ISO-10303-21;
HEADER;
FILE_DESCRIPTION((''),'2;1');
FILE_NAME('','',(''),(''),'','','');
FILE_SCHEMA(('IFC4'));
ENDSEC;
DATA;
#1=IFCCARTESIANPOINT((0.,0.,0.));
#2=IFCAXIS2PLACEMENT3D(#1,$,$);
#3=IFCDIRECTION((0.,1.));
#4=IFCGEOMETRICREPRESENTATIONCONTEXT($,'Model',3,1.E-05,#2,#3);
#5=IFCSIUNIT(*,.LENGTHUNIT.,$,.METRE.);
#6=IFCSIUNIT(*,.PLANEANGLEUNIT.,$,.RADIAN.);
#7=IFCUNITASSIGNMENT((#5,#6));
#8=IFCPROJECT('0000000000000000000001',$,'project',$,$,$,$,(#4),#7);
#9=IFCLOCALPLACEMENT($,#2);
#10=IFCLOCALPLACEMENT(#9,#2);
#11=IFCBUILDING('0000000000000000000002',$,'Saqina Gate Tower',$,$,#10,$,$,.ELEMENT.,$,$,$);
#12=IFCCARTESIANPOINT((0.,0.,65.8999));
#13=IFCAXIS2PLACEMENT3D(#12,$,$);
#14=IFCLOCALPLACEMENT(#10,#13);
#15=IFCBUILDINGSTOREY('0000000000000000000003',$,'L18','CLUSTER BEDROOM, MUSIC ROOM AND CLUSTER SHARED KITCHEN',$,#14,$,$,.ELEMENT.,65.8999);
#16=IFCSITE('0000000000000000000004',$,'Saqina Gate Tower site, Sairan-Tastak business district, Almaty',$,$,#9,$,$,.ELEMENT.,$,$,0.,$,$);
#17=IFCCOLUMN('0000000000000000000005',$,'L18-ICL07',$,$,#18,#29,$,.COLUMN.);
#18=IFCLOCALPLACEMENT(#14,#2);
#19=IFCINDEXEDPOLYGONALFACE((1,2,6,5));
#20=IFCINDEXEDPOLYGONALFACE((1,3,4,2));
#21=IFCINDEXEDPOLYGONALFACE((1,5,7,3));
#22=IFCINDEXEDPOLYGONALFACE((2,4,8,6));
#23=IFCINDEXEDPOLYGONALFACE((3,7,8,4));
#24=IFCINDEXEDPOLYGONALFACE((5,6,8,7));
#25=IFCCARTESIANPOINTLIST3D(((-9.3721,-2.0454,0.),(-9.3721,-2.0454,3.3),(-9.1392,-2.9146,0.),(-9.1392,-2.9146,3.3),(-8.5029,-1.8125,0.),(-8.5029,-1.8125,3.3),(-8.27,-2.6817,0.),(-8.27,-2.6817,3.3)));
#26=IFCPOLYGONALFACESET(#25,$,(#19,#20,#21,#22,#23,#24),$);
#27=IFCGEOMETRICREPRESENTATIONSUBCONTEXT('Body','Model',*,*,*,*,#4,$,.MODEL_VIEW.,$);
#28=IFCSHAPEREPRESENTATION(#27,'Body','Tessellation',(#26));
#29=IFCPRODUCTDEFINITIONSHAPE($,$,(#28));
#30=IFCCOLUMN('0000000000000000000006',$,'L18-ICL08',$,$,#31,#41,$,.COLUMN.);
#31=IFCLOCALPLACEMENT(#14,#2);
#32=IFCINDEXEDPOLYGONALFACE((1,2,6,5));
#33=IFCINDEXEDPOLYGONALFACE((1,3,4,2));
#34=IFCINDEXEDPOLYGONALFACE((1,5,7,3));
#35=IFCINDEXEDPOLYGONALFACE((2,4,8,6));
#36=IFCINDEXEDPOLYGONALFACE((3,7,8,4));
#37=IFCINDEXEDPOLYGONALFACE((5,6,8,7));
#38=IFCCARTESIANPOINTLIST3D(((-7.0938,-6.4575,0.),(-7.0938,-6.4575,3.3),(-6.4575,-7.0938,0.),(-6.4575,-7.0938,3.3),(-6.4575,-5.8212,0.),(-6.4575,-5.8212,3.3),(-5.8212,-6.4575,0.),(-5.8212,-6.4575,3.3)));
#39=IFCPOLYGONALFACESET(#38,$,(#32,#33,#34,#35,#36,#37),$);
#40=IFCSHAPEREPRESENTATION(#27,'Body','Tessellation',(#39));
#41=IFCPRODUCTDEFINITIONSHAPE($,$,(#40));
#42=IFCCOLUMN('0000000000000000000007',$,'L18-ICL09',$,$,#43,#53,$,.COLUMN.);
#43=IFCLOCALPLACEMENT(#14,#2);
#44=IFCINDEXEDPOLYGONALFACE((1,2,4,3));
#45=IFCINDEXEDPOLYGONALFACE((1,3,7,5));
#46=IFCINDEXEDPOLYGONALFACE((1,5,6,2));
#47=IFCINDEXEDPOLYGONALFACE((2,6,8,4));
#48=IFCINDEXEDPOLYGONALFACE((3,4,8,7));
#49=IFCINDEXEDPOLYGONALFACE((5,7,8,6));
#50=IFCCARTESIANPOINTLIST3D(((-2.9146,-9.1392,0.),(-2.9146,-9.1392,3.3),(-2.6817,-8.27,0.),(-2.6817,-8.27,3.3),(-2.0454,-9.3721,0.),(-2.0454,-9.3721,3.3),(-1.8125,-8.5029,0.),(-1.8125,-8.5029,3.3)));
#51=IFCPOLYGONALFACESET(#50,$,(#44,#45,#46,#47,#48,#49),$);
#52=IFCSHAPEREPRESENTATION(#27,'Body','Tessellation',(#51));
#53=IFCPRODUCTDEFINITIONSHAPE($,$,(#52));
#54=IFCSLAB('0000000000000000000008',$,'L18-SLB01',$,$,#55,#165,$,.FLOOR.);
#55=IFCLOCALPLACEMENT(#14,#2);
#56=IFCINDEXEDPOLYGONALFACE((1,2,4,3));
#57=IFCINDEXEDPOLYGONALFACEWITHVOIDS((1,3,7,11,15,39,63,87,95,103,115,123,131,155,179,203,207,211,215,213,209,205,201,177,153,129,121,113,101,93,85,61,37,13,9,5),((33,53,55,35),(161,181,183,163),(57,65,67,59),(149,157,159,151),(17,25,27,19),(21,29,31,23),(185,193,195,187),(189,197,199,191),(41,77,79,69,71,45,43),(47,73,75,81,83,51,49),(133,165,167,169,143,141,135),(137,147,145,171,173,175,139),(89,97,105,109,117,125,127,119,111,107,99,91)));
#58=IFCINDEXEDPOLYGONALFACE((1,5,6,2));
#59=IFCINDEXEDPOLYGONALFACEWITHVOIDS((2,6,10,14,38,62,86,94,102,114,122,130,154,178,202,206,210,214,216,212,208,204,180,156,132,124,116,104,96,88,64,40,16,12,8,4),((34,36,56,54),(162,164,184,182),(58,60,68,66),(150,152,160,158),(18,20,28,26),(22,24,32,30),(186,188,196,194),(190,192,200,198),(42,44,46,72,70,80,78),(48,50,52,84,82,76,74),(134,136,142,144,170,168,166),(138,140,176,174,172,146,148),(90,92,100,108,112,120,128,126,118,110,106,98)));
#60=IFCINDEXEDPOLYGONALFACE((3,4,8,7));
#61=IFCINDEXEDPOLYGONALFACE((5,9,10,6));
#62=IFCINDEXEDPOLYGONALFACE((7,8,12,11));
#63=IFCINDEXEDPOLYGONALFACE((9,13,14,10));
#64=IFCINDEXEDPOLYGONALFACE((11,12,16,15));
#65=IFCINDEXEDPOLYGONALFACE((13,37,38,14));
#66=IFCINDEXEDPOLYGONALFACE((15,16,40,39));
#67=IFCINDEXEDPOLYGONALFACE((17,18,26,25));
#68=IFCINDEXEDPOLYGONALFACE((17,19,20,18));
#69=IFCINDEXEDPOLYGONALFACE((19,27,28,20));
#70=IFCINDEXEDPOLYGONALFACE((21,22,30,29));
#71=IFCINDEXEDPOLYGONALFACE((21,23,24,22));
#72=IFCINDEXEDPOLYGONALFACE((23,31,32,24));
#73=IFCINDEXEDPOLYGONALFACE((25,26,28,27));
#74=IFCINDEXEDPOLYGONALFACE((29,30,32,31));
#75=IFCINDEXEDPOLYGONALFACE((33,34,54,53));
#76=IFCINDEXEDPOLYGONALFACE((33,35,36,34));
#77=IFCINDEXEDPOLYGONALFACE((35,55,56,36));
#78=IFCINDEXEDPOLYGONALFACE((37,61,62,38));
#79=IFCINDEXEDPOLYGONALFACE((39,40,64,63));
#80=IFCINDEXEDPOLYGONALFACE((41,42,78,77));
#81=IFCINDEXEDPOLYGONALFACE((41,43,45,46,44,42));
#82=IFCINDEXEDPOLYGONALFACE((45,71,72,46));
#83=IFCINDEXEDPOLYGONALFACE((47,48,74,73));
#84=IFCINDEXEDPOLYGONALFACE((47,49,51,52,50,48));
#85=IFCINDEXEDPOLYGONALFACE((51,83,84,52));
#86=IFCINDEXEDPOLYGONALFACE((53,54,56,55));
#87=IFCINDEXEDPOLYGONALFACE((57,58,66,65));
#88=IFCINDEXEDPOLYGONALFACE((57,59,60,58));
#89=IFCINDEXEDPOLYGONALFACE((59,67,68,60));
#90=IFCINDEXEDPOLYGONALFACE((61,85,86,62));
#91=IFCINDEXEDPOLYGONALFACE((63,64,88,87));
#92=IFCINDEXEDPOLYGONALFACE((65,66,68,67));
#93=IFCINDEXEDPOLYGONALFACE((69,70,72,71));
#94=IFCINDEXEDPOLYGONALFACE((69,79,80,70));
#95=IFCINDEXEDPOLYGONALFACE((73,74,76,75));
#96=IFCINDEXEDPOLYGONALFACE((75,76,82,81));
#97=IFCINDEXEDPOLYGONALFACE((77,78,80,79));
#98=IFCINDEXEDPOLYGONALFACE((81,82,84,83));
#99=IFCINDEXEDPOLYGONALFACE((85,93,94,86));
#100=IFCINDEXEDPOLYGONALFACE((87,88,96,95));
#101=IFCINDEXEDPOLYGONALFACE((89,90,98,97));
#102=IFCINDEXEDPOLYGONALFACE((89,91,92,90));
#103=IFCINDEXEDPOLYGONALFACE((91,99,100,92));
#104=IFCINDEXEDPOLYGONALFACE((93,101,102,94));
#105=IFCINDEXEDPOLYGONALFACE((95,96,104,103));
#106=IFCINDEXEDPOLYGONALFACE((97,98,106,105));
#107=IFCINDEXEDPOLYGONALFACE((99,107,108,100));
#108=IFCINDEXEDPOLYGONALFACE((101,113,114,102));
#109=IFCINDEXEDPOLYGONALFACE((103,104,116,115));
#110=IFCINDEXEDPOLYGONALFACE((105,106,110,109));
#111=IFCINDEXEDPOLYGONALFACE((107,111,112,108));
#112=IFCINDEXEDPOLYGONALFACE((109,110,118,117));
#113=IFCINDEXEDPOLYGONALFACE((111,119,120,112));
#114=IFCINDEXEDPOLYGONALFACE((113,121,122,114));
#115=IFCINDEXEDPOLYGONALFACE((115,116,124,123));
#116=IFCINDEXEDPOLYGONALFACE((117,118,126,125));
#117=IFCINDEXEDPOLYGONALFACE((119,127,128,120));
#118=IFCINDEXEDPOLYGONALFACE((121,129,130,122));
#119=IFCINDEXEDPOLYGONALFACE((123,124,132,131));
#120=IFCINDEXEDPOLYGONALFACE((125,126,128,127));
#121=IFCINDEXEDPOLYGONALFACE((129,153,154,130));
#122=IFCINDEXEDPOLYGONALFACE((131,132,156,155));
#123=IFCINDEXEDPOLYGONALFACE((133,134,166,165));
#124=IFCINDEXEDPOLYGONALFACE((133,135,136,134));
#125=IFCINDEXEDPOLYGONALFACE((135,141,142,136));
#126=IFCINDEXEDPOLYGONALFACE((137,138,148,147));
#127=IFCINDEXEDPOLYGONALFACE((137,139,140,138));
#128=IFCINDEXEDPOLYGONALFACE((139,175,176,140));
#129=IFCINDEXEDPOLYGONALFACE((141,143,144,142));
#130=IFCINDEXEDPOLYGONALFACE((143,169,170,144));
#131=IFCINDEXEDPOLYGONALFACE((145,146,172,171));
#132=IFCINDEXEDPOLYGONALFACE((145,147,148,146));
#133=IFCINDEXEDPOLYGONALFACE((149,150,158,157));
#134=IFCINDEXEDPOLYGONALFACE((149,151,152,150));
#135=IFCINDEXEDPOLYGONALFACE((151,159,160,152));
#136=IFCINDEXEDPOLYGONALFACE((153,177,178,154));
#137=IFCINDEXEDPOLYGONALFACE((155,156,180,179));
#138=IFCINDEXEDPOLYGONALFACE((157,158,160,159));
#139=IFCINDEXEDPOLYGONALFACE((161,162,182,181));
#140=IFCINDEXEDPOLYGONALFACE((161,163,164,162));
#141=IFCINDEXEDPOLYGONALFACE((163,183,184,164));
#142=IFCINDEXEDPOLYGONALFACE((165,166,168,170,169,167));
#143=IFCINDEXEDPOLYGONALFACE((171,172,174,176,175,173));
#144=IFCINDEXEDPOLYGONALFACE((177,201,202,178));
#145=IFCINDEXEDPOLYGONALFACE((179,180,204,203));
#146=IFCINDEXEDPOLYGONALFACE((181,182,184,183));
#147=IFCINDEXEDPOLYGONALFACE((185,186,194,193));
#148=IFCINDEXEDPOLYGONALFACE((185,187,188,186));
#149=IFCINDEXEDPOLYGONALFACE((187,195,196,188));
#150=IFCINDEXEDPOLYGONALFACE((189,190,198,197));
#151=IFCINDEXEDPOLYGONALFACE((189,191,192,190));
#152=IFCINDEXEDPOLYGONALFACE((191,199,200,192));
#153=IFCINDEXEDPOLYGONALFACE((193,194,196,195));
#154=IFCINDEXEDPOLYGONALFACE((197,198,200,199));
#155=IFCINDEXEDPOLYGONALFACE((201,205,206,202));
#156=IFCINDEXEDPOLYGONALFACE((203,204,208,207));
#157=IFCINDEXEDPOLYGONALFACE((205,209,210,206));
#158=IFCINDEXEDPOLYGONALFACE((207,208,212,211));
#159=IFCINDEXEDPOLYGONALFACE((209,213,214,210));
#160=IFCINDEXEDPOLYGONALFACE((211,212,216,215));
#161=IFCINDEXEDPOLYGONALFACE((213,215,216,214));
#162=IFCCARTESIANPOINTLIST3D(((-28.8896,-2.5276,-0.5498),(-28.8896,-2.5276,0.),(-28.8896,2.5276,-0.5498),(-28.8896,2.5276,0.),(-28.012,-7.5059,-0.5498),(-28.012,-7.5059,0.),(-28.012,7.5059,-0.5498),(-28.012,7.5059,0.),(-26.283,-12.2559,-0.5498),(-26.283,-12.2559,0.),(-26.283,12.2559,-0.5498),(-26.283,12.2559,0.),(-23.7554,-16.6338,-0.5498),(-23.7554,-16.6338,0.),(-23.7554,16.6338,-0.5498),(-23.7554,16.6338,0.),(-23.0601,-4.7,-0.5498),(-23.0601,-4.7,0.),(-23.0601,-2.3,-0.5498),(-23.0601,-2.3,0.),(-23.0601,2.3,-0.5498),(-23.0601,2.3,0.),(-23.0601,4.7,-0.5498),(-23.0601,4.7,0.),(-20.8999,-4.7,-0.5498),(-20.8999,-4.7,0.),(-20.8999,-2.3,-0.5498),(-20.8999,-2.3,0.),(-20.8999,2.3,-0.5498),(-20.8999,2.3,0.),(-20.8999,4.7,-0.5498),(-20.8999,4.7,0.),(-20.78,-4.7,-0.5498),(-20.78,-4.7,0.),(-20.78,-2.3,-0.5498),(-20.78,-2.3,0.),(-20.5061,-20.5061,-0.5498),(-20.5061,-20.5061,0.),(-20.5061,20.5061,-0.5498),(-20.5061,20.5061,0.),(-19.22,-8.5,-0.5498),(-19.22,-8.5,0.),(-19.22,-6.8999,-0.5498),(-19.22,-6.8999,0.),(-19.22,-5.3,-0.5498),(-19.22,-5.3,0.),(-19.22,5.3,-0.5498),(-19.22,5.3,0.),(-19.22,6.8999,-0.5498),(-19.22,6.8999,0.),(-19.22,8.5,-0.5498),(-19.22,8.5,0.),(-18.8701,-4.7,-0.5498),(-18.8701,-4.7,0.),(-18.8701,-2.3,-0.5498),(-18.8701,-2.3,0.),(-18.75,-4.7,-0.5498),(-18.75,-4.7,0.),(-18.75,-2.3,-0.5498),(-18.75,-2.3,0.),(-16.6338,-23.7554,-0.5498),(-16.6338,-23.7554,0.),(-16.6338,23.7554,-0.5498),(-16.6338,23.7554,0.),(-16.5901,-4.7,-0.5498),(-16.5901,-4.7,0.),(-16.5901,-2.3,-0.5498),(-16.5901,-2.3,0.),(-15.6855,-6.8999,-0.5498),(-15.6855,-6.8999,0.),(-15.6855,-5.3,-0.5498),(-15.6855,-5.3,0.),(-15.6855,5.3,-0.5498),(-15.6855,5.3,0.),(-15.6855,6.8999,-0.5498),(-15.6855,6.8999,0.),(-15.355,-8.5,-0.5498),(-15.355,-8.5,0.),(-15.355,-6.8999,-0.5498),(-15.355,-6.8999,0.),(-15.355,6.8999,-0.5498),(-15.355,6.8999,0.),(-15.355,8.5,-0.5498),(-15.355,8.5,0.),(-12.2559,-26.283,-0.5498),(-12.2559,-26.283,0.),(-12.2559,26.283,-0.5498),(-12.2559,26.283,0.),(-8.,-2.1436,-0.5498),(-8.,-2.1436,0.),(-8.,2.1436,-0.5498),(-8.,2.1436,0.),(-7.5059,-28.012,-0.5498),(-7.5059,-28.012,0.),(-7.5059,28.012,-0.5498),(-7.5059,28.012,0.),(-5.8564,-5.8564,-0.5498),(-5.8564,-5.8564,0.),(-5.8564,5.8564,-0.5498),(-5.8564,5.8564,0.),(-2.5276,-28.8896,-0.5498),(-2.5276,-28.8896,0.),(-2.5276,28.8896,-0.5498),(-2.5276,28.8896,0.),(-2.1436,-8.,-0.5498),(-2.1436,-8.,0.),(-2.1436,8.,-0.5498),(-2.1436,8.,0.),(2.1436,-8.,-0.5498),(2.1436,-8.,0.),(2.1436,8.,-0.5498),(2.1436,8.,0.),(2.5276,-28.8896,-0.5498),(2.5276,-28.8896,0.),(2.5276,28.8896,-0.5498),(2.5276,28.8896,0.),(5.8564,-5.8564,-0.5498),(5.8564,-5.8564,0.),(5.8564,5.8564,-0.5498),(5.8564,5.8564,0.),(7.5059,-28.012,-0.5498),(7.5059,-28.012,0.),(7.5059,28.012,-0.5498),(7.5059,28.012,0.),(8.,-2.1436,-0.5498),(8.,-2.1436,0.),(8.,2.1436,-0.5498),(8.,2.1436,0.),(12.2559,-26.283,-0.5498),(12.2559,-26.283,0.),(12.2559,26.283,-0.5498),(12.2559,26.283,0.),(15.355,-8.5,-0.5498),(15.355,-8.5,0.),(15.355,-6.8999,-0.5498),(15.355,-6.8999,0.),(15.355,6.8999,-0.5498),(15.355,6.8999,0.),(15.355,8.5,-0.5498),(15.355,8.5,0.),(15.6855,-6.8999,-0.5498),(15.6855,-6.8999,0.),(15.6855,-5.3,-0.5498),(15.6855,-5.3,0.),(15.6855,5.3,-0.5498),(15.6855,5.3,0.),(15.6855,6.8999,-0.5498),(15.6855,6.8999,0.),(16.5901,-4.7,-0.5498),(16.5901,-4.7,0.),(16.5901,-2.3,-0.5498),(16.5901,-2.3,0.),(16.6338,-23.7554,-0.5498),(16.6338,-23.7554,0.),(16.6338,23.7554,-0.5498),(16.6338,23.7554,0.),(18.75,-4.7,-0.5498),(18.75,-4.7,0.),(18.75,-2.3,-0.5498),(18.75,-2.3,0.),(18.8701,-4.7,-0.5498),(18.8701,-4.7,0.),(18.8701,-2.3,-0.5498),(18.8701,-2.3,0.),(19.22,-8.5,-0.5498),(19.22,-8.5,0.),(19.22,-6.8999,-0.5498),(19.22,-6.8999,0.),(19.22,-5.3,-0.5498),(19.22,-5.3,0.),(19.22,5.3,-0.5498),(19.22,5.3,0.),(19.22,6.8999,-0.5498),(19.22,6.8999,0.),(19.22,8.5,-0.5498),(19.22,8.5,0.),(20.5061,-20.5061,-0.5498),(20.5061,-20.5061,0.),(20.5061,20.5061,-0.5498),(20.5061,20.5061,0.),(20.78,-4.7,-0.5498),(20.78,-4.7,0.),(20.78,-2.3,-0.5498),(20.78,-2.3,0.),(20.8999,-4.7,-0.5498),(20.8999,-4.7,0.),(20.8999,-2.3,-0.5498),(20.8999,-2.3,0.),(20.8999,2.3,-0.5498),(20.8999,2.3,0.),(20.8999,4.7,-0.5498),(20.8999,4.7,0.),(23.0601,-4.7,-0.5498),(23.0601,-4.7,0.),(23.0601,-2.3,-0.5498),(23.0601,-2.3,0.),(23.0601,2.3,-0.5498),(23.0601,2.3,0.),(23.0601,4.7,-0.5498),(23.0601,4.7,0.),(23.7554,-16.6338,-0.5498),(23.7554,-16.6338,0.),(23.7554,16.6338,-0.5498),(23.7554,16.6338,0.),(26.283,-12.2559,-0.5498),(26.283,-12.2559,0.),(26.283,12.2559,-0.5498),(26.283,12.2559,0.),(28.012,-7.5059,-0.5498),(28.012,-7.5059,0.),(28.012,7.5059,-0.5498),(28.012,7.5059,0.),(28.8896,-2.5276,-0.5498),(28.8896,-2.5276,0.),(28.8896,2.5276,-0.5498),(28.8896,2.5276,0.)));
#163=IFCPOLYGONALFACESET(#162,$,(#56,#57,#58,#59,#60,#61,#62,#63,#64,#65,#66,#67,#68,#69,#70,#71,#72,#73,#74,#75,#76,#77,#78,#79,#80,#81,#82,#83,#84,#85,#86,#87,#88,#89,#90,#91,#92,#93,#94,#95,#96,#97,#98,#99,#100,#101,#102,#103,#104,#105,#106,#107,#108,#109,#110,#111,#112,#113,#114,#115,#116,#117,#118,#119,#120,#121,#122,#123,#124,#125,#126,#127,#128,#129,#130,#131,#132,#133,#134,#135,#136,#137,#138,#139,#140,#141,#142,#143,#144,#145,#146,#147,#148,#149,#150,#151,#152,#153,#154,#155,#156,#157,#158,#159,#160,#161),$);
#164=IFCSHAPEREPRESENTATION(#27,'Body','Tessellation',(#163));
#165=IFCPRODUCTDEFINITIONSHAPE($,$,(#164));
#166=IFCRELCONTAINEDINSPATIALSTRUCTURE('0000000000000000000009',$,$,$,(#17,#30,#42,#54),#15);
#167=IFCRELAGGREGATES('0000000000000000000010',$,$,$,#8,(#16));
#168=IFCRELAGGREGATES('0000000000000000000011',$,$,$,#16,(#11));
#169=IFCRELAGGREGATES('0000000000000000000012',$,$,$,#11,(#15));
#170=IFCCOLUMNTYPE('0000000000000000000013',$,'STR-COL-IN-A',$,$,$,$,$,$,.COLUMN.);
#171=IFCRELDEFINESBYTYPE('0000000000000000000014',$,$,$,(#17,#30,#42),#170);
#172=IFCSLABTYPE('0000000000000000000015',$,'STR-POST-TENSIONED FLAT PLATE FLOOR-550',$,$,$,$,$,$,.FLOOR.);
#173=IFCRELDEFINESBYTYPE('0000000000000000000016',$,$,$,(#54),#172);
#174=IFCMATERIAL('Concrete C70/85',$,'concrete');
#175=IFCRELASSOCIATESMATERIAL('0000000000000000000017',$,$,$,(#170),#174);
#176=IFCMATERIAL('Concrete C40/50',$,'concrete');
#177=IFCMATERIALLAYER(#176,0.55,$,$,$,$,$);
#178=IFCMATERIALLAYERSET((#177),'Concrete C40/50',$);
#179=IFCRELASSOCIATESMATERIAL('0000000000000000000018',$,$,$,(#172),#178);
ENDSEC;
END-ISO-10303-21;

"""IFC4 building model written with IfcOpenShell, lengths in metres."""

from ifc_helpers import new_model, si_unit, direction, frame, origin, origin_2d, place, context, subcontext, project, spatial, polyline, rectangle, outline, extrude, material, layer, layer_set, material_profile, profile_set, type_object, element, save


model = new_model("IFC4")

# Units and contexts
model_context = context("Model", 3, precision=1e-05, world=origin(), true_north=direction((0.0, 1.0)))
body_context = subcontext(model_context, "Body", "Model", "MODEL_VIEW")
ifc_project = project(units=[si_unit("LENGTHUNIT", "METRE"), si_unit("PLANEANGLEUNIT", "RADIAN")], contexts=[model_context])

# Site, building, storey
site_placement = place(None, origin())
site = spatial("IfcSite", under=ifc_project, at=site_placement, Name="Saqina Gate Tower site, Sairan-Tastak business district, Almaty", CompositionType="ELEMENT", RefElevation=0.0)
building_placement = place(site_placement, origin())
building = spatial("IfcBuilding", under=site, at=building_placement, Name="Saqina Gate Tower", CompositionType="ELEMENT")
storey_placement = place(building_placement, frame((0.0, 0.0, 65.8999)))
storey = spatial("IfcBuildingStorey", under=building, at=storey_placement, Name="L18", Description="CLUSTER BEDROOM, MUSIC ROOM AND CLUSTER SHARED KITCHEN", CompositionType="ELEMENT", Elevation=65.8999)

# Columns
ifc_material_1 = material(Name="Concrete C70/85", Category="concrete")
ifc_material_profile = material_profile(ifc_material_1, rectangle(XDim=0.8999, YDim=0.8999, at=origin_2d()), Name="RC 900x900")
ifc_profile_set = profile_set([ifc_material_profile], Name="Concrete C70/85")
column_type = type_object("IfcColumnType", Name="STR-COL-IN-A", PredefinedType="COLUMN", material=ifc_profile_set)
for number, where, z_axis, x_axis, name in (
    (1, (-8.821, -2.3635, 0.0), (0.0, 0.0, 1.0), (-0.965926, -0.258819, 0.0), "L18-ICL07"),
    (2, (-6.4575, -6.4575, 0.0), (0.0, 0.0, 1.0), (-0.707107, -0.707107, 0.0), "L18-ICL08"),
    (3, (-2.3635, -8.821, 0.0), (0.0, 0.0, 1.0), (-0.258819, -0.965926, 0.0), "L18-ICL09"),
):
    element("IfcColumn", number, at=place(storey_placement, frame(where, z_axis=z_axis, x_axis=x_axis)), inside=storey, type_object=column_type, Name=name, PredefinedType="COLUMN", context=body_context, shape_type="SweptSolid", body=[
        extrude(rectangle(XDim=0.8999, YDim=0.8999, at=origin_2d()), origin(), (0.0, 0.0, 1.0), 3.3),
    ])

# Slab
ifc_material_2 = material(Name="Concrete C40/50", Category="concrete")
ifc_layer_1 = layer(ifc_material_2, 0.55)
ifc_layer_set_1 = layer_set([ifc_layer_1], Name="Concrete C40/50")
slab_type = type_object("IfcSlabType", Name="STR-POST-TENSIONED FLAT PLATE FLOOR-550", PredefinedType="FLOOR", material=ifc_layer_set_1)
slab_placement = place(storey_placement, frame((0.0, 0.0, -0.5498)))
element("IfcSlab", 4, at=slab_placement, inside=storey, type_object=slab_type, Name="L18-SLB01", PredefinedType="FLOOR", context=body_context, shape_type="SweptSolid", body=[
    extrude(outline(polyline([(28.012, -7.5059), (28.8896, -2.5276), (28.8896, 2.5276), (28.012, 7.5059), (26.283, 12.2559), (23.7554, 16.6338), (20.5061, 20.5061), (16.6338, 23.7554), (12.2559, 26.283), (7.5059, 28.012), (2.5276, 28.8896), (-2.5276, 28.8896), (-7.5059, 28.012), (-12.2559, 26.283), (-16.6338, 23.7554), (-20.5061, 20.5061), (-23.7554, 16.6338), (-26.283, 12.2559), (-28.012, 7.5059), (-28.8896, 2.5276), (-28.8896, -2.5276), (-28.012, -7.5059), (-26.283, -12.2559), (-23.7554, -16.6338), (-20.5061, -20.5061), (-16.6338, -23.7554), (-12.2559, -26.283), (-7.5059, -28.012), (-2.5276, -28.8896), (2.5276, -28.8896), (7.5059, -28.012), (12.2559, -26.283), (16.6338, -23.7554), (20.5061, -20.5061), (23.7554, -16.6338), (26.283, -12.2559), (28.012, -7.5059)]), holes=[polyline([(2.1436, 8.0), (5.8564, 5.8564), (8.0, 2.1436), (8.0, -2.1436), (5.8564, -5.8564), (2.1436, -8.0), (-2.1436, -8.0), (-5.8564, -5.8564), (-8.0, -2.1436), (-8.0, 2.1436), (-5.8564, 5.8564), (-2.1436, 8.0), (2.1436, 8.0)]), polyline([(-19.22, -8.5), (-19.22, -6.8999), (-19.22, -5.3), (-15.6855, -5.3), (-15.6855, -6.8999), (-15.355, -6.8999), (-15.355, -8.5), (-19.22, -8.5)]), polyline([(-20.8999, -2.3), (-20.8999, -4.7), (-23.0601, -4.7), (-23.0601, -2.3), (-20.8999, -2.3)]), polyline([(-18.8701, -2.3), (-18.8701, -4.7), (-20.78, -4.7), (-20.78, -2.3), (-18.8701, -2.3)]), polyline([(-16.5901, -2.3), (-16.5901, -4.7), (-18.75, -4.7), (-18.75, -2.3), (-16.5901, -2.3)]), polyline([(-20.8999, 4.7), (-20.8999, 2.3), (-23.0601, 2.3), (-23.0601, 4.7), (-20.8999, 4.7)]), polyline([(-19.22, 6.8999), (-19.22, 8.5), (-15.355, 8.5), (-15.355, 6.8999), (-15.6855, 6.8999), (-15.6855, 5.3), (-19.22, 5.3), (-19.22, 6.8999)]), polyline([(15.355, -6.8999), (15.6855, -6.8999), (15.6855, -5.3), (19.22, -5.3), (19.22, -6.8999), (19.22, -8.5), (15.355, -8.5), (15.355, -6.8999)]), polyline([(18.75, -2.3), (18.75, -4.7), (16.5901, -4.7), (16.5901, -2.3), (18.75, -2.3)]), polyline([(20.78, -2.3), (20.78, -4.7), (18.8701, -4.7), (18.8701, -2.3), (20.78, -2.3)]), polyline([(23.0601, -2.3), (23.0601, -4.7), (20.8999, -4.7), (20.8999, -2.3), (23.0601, -2.3)]), polyline([(23.0601, 4.7), (23.0601, 2.3), (20.8999, 2.3), (20.8999, 4.7), (23.0601, 4.7)]), polyline([(15.6855, 6.8999), (15.355, 6.8999), (15.355, 8.5), (19.22, 8.5), (19.22, 6.8999), (19.22, 5.3), (15.6855, 5.3), (15.6855, 6.8999)])]), origin(), (0.0, 0.0, 1.0), 0.5498),
])

save(model, "model.ifc")
